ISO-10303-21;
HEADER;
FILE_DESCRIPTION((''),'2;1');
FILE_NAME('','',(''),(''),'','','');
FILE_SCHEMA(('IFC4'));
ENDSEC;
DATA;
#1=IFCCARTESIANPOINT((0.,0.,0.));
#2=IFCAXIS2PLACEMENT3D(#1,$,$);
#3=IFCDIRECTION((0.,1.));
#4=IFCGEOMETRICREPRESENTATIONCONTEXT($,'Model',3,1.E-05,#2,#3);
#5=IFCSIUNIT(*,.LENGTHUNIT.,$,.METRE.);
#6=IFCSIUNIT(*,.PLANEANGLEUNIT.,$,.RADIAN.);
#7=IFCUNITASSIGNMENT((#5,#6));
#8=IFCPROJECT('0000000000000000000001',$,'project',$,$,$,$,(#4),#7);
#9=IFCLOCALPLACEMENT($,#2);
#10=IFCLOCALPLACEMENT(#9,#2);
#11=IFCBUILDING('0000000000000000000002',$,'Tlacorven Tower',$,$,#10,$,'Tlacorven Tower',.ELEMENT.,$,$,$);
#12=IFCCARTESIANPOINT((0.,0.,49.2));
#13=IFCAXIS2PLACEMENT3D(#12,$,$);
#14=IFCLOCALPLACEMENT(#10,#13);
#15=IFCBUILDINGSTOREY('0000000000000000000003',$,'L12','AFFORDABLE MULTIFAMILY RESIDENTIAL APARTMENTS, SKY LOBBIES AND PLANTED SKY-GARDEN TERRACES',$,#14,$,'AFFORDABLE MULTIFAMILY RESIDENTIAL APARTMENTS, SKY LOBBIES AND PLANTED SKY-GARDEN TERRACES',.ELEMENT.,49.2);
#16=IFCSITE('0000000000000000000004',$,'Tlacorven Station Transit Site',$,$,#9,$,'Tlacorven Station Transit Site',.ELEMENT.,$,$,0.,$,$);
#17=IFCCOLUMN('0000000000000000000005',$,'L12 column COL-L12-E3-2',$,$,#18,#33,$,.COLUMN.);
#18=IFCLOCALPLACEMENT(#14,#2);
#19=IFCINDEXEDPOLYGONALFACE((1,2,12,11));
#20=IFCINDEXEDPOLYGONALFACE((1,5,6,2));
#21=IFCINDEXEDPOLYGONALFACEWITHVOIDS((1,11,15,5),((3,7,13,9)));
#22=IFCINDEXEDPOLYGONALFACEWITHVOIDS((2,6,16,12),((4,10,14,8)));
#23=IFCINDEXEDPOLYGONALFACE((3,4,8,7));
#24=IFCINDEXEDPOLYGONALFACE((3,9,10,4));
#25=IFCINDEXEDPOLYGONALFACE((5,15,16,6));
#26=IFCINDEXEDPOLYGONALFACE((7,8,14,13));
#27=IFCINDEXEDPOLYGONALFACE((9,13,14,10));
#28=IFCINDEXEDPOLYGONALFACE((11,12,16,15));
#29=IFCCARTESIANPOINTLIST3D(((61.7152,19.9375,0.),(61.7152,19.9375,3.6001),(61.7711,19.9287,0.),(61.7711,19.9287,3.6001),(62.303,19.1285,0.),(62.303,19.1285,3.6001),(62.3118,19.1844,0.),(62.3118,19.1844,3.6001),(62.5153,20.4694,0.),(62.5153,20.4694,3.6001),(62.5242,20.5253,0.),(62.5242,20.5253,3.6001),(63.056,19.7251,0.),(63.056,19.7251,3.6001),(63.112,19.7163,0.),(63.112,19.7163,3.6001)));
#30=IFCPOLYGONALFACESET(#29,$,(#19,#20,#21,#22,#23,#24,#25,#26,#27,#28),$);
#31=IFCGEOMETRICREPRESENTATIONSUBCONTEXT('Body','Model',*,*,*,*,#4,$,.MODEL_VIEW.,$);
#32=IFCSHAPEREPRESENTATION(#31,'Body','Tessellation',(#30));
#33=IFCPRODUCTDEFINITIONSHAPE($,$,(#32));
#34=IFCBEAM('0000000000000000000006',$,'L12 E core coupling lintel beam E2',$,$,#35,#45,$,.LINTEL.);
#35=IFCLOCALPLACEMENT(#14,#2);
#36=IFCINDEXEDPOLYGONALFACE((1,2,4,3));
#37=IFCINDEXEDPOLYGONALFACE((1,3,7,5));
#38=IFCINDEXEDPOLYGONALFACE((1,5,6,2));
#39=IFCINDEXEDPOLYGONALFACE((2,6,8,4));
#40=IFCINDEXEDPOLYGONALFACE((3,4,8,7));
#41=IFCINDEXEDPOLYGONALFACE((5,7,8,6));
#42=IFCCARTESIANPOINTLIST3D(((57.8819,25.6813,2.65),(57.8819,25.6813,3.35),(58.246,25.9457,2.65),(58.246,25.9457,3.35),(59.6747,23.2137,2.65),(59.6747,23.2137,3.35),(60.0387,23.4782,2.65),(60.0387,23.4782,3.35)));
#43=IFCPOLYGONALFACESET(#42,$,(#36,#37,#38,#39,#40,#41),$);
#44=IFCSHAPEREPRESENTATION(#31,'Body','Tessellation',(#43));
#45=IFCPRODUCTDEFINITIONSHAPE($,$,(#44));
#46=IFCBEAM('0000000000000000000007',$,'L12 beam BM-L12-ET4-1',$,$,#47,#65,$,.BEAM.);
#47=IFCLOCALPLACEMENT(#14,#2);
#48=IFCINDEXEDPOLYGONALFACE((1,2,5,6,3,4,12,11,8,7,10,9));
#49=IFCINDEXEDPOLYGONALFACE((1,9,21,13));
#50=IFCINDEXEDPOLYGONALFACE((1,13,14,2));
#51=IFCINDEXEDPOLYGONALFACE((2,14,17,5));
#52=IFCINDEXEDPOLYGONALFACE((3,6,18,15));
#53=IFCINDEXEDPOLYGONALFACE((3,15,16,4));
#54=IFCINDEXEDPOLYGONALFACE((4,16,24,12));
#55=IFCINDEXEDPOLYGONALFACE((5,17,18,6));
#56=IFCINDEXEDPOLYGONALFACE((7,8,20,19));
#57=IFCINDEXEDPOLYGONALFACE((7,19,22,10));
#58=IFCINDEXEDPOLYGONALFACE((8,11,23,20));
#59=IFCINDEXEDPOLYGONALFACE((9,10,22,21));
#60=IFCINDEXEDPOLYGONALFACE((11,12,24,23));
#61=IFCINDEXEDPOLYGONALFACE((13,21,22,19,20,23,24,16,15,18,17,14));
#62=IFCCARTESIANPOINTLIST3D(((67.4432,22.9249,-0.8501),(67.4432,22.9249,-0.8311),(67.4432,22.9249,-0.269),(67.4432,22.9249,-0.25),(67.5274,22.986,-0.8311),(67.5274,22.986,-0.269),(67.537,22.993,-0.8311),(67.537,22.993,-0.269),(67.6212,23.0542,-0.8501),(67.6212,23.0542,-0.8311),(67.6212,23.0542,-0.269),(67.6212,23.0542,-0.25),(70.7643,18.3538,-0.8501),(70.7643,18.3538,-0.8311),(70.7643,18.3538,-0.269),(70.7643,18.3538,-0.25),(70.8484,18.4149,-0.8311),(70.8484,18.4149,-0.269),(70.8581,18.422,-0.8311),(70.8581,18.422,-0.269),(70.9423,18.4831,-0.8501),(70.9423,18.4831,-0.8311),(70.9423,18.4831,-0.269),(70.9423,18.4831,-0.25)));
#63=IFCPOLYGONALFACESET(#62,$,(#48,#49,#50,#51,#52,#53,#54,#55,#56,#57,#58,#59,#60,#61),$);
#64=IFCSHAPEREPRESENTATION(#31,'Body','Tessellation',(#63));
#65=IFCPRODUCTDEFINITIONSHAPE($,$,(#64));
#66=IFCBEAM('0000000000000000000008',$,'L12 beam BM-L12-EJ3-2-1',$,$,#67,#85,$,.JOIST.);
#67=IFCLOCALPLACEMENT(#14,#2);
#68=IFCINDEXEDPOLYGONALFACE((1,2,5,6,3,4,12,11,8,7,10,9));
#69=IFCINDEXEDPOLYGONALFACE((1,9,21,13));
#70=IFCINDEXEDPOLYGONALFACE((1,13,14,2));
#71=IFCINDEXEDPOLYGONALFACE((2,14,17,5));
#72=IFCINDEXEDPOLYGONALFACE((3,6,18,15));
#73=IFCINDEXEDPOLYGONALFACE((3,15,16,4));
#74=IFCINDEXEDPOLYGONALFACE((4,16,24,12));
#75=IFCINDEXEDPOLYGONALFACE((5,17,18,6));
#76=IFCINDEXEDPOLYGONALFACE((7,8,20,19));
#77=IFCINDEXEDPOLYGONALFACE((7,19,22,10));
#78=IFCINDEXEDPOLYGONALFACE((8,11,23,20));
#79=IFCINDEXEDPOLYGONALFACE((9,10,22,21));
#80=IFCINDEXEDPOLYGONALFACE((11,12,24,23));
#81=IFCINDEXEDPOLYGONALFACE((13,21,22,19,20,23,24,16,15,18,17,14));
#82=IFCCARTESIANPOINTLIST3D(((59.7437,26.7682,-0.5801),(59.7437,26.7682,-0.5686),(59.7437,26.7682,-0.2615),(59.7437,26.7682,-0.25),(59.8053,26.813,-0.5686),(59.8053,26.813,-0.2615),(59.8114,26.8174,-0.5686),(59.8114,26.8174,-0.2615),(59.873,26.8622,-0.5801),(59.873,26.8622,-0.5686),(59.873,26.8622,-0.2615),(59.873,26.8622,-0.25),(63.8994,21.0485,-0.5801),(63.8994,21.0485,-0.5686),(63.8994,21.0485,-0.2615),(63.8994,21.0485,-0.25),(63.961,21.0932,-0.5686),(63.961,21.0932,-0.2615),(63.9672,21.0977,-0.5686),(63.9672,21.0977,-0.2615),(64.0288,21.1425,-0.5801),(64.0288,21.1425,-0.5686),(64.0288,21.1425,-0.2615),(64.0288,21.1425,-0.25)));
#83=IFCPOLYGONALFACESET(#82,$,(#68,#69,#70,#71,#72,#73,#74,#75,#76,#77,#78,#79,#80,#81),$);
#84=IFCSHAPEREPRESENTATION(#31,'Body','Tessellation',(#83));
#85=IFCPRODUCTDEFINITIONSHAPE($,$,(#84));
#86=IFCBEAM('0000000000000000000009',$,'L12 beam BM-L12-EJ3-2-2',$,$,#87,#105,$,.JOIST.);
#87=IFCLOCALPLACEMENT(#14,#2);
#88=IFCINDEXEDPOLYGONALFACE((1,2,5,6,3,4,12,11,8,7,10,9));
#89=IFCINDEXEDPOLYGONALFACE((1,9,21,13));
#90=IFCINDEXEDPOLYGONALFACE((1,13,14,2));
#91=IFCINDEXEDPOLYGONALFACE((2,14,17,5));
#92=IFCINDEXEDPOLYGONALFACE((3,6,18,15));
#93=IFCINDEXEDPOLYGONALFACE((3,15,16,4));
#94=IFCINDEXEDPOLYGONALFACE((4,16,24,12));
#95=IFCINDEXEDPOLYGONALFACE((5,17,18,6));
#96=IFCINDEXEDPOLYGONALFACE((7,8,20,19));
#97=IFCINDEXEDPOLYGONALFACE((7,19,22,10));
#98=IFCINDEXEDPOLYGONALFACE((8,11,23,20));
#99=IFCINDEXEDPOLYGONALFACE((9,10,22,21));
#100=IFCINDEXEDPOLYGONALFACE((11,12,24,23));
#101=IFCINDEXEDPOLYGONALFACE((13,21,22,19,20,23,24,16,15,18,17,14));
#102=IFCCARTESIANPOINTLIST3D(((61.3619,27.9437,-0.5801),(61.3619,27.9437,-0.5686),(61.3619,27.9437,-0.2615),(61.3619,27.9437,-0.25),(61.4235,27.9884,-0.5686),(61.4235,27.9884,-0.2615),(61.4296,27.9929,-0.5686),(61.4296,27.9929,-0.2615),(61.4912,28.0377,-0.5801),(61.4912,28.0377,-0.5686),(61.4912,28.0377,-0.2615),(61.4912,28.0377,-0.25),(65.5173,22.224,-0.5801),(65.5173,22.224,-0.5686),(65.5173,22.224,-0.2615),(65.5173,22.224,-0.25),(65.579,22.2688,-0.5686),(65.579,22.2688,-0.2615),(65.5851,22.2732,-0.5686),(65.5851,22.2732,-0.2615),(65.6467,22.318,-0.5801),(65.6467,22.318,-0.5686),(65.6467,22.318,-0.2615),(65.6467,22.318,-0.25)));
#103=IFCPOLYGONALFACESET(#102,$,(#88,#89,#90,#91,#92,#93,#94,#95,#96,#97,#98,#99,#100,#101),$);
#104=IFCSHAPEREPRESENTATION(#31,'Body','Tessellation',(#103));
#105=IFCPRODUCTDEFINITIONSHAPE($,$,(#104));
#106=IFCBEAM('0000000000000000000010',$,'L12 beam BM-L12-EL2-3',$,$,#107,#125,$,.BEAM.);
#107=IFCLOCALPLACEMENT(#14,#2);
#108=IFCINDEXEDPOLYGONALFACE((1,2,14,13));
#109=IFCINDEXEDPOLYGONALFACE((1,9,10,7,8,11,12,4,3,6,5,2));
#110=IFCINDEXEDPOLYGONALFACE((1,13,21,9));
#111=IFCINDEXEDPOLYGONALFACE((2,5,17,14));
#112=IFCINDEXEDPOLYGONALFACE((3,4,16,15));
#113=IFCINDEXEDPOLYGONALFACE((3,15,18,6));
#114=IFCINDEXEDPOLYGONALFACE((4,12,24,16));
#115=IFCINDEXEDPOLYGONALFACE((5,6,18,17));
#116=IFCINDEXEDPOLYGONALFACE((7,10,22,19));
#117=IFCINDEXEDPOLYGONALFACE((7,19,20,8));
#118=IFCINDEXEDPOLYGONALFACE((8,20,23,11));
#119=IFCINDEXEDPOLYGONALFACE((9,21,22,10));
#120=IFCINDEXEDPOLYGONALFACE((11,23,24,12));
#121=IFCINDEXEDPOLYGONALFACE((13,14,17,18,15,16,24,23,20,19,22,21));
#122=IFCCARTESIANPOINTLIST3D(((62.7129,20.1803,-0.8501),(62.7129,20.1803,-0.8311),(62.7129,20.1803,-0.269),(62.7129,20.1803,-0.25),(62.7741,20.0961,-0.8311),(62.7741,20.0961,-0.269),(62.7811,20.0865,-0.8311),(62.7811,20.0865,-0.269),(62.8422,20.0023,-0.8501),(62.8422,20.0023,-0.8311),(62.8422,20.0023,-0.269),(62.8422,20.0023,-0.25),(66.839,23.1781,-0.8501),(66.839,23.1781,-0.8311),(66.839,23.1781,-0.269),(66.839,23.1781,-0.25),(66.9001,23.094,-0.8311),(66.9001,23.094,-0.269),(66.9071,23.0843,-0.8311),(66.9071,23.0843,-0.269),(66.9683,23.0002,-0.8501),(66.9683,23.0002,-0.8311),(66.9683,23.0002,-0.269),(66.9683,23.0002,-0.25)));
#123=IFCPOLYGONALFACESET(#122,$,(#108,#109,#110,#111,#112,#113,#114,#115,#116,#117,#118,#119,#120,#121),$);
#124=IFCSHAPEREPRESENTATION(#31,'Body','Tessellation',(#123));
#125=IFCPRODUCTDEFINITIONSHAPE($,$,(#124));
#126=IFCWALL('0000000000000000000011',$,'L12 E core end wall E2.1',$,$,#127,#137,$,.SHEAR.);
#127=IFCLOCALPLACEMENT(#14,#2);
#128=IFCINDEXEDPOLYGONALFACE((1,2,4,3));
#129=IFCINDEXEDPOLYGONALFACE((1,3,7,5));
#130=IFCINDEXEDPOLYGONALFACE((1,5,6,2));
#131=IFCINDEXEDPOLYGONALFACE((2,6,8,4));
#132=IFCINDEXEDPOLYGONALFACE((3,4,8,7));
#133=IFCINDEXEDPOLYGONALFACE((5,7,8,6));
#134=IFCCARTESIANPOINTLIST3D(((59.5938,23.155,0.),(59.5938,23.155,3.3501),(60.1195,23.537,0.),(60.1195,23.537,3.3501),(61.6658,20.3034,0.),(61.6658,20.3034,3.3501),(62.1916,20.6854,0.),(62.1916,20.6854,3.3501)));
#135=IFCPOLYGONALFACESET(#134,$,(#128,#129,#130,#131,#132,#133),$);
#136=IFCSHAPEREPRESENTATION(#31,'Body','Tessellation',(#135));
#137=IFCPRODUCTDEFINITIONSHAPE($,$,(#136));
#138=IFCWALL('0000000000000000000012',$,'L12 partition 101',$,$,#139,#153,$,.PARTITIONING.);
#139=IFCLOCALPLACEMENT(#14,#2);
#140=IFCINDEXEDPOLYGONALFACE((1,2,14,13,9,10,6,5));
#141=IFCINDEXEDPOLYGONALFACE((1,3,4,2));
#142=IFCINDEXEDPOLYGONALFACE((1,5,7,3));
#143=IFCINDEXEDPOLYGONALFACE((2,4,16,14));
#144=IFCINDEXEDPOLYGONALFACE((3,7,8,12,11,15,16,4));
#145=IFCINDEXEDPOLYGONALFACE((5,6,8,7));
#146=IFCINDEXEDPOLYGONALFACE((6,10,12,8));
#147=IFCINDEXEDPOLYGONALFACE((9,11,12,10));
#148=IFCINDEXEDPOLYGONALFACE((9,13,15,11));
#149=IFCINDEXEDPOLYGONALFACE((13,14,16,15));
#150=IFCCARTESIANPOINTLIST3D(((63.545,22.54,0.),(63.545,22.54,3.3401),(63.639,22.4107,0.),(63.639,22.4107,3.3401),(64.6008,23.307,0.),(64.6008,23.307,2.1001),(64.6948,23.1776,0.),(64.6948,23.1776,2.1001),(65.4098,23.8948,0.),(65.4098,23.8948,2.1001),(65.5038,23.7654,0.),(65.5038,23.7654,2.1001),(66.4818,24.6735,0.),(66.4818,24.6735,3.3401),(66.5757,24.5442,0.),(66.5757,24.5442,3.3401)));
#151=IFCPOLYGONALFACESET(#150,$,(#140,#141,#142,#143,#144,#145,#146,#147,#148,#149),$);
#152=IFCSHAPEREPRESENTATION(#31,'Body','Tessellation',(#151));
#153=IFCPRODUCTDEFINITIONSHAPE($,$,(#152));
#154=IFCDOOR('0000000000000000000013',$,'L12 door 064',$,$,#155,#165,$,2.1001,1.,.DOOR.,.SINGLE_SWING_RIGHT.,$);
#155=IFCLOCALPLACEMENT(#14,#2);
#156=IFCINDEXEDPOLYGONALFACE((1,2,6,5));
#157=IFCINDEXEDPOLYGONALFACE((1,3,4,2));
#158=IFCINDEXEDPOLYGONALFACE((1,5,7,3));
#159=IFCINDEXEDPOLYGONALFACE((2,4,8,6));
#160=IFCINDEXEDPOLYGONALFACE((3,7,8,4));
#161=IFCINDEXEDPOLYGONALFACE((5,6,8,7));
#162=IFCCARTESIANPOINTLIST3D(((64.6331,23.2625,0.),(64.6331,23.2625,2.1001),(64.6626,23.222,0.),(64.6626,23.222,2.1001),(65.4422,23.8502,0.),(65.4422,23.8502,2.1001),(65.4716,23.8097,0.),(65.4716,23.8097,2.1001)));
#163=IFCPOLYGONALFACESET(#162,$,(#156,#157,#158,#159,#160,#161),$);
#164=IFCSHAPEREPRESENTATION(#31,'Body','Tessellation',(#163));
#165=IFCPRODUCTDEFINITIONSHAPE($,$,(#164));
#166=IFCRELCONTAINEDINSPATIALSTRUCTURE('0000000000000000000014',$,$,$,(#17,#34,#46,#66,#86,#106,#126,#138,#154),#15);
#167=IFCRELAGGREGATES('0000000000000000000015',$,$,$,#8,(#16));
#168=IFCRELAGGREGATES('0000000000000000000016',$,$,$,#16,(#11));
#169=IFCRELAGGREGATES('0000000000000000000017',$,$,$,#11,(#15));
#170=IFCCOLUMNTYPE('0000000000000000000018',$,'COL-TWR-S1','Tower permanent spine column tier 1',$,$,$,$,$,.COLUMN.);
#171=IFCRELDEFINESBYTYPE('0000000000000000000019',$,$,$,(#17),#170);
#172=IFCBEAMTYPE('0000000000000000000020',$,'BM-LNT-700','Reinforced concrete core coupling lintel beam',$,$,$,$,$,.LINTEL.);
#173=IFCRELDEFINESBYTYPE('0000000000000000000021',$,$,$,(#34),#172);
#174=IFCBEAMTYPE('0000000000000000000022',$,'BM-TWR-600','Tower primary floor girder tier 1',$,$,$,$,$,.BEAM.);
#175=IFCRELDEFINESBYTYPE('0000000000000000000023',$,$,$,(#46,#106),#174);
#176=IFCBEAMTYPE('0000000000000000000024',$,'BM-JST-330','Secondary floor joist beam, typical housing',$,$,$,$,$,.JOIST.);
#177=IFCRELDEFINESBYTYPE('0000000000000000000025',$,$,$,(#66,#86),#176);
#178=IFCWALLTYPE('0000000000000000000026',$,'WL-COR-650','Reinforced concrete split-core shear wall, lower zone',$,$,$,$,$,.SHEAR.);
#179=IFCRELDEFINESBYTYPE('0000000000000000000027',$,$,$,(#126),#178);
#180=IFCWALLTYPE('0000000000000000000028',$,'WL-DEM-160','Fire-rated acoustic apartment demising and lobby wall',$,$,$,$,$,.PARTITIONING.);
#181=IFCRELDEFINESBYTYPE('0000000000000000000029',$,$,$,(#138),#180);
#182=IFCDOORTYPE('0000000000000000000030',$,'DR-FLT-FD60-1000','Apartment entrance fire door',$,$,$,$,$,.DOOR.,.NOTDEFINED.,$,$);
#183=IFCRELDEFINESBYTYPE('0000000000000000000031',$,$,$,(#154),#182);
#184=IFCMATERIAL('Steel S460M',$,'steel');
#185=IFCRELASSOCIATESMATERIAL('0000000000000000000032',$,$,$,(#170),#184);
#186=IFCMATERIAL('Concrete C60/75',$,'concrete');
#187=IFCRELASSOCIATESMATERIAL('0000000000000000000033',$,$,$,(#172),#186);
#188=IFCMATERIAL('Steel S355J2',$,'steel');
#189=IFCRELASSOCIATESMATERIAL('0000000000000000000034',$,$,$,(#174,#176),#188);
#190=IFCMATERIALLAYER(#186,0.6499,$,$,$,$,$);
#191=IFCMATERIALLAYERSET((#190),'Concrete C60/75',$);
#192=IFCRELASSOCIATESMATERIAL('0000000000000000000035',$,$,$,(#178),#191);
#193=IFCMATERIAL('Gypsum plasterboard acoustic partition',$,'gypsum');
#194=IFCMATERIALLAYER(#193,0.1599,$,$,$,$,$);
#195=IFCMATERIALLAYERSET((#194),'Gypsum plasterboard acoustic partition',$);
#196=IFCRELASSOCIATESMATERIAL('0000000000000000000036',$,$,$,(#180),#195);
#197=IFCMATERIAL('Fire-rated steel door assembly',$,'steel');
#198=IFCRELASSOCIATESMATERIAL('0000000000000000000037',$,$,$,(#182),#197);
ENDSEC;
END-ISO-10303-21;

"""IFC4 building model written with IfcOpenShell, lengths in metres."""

from ifc_helpers import new_model, si_unit, direction, frame, frame_2d, origin, origin_2d, place, context, subcontext, project, spatial, rectangle, hollow_rectangle, i_section, extrude, source, transform, mapped, material, layer, layer_set, material_profile, profile_set, type_object, element, fill, save


model = new_model("IFC4")

# Units and contexts
model_context = context("Model", 3, precision=1e-05, world=origin(), true_north=direction((0.0, 1.0)))
body_context = subcontext(model_context, "Body", "Model", "MODEL_VIEW")
ifc_project = project(units=[si_unit("LENGTHUNIT", "METRE"), si_unit("PLANEANGLEUNIT", "RADIAN")], contexts=[model_context])

# Site, building, storey
site_placement = place(None, origin())
site = spatial("IfcSite", under=ifc_project, at=site_placement, Name="Tlacorven Station Transit Site", LongName="Tlacorven Station Transit Site", CompositionType="ELEMENT", RefElevation=0.0)
building_placement = place(site_placement, origin())
building = spatial("IfcBuilding", under=site, at=building_placement, Name="Tlacorven Tower", LongName="Tlacorven Tower", CompositionType="ELEMENT")
storey_placement = place(building_placement, frame((0.0, 0.0, 49.2)))
storey = spatial("IfcBuildingStorey", under=building, at=storey_placement, Name="L12", Description="AFFORDABLE MULTIFAMILY RESIDENTIAL APARTMENTS, SKY LOBBIES AND PLANTED SKY-GARDEN TERRACES", LongName="AFFORDABLE MULTIFAMILY RESIDENTIAL APARTMENTS, SKY LOBBIES AND PLANTED SKY-GARDEN TERRACES", CompositionType="ELEMENT", Elevation=49.2)

# Column
ifc_material_1 = material(Name="Steel S460M", Category="steel")
ifc_material_profile_1 = material_profile(ifc_material_1, hollow_rectangle(XDim=1.0, YDim=1.0, WallThickness=0.04, at=origin_2d()), Name="BOX 1000X1000X40")
ifc_profile_set_1 = profile_set([ifc_material_profile_1], Name="Steel S460M")
column_type = type_object("IfcColumnType", Name="COL-TWR-S1", Description="Tower permanent spine column tier 1", PredefinedType="COLUMN", material=ifc_profile_set_1)
shared_shape_1 = source(origin(), body_context, "Body", "SweptSolid", [
    extrude(hollow_rectangle(XDim=1.0, YDim=1.0, WallThickness=0.04, at=origin_2d()), origin(), (0.0, 0.0, 1.0), 3.6001),
])
column_placement = place(storey_placement, frame((62.4136, 19.8269, 0.0), z_axis=(0.0, 0.0, 1.0), x_axis=(0.809017, 0.587785, 0.0)))
element("IfcColumn", 1, at=column_placement, inside=storey, type_object=column_type, Name="L12 column COL-L12-E3-2", PredefinedType="COLUMN", context=body_context, shape_type="MappedRepresentation", body=[
    mapped(shared_shape_1, transform((0.0, 0.0, 0.0), scale=1.0)),
])

# Beams
ifc_material_2 = material(Name="Concrete C60/75", Category="concrete")
ifc_material_profile_2 = material_profile(ifc_material_2, rectangle(XDim=0.45, YDim=0.7, at=origin_2d()), Name="RC 450X700")
ifc_profile_set_2 = profile_set([ifc_material_profile_2], Name="Concrete C60/75")
beam_type_1 = type_object("IfcBeamType", Name="BM-LNT-700", Description="Reinforced concrete core coupling lintel beam", PredefinedType="LINTEL", material=ifc_profile_set_2)
shared_shape_2 = source(origin(), body_context, "Body", "SweptSolid", [
    extrude(rectangle(XDim=0.45, YDim=0.7, at=origin_2d()), origin(), (0.0, 0.0, 1.0), 3.05),
])
beam_1_placement = place(storey_placement, frame((59.8567, 23.3459, 3.0), z_axis=(-0.587777, 0.809023, 0.0), x_axis=(-0.809023, -0.587777, 0.0)))
element("IfcBeam", 2, at=beam_1_placement, inside=storey, type_object=beam_type_1, Name="L12 E core coupling lintel beam E2", PredefinedType="LINTEL", context=body_context, shape_type="MappedRepresentation", body=[
    mapped(shared_shape_2, transform((0.0, 0.0, 0.0), scale=1.0)),
])
ifc_material_3 = material(Name="Steel S355J2", Category="steel")
ifc_material_profile_3 = material_profile(ifc_material_3, i_section(OverallWidth=0.22, OverallDepth=0.6001, WebThickness=0.012, FlangeThickness=0.019, at=origin_2d()), Name="IPE 600")
ifc_profile_set_3 = profile_set([ifc_material_profile_3], Name="Steel S355J2")
beam_type_2 = type_object("IfcBeamType", Name="BM-TWR-600", Description="Tower primary floor girder tier 1", PredefinedType="BEAM", material=ifc_profile_set_3)
shared_shape_3 = source(origin(), body_context, "Body", "SweptSolid", [
    extrude(i_section(OverallWidth=0.22, OverallDepth=0.6001, WebThickness=0.012, FlangeThickness=0.019, at=origin_2d()), origin(), (0.0, 0.0, 1.0), 5.6501),
])
beam_2_placement = place(storey_placement, frame((70.8533, 18.4185, -0.55), z_axis=(-0.587784, 0.809018, 0.0), x_axis=(-0.809018, -0.587784, 0.0)))
element("IfcBeam", 3, at=beam_2_placement, inside=storey, type_object=beam_type_2, Name="L12 beam BM-L12-ET4-1", PredefinedType="BEAM", context=body_context, shape_type="MappedRepresentation", body=[
    mapped(shared_shape_3, transform((0.0, 0.0, 0.0), scale=1.0)),
])
ifc_material_profile_4 = material_profile(ifc_material_3, i_section(OverallWidth=0.1599, OverallDepth=0.3301, WebThickness=0.0076, FlangeThickness=0.0115, at=origin_2d()), Name="IPE 330")
ifc_profile_set_4 = profile_set([ifc_material_profile_4], Name="Steel S355J2")
beam_type_3 = type_object("IfcBeamType", Name="BM-JST-330", Description="Secondary floor joist beam, typical housing", PredefinedType="JOIST", material=ifc_profile_set_4)
shared_shape_4 = source(origin(), body_context, "Body", "SweptSolid", [
    extrude(i_section(OverallWidth=0.1599, OverallDepth=0.3301, WebThickness=0.0076, FlangeThickness=0.0115, at=origin_2d()), origin(), (0.0, 0.0, 1.0), 7.0701),
])
beam_3_placement = place(storey_placement, frame((63.9641, 21.0955, -0.415), z_axis=(-0.587798, 0.809008, 0.0), x_axis=(-0.809008, -0.587798, 0.0)))
element("IfcBeam", 4, at=beam_3_placement, inside=storey, type_object=beam_type_3, Name="L12 beam BM-L12-EJ3-2-1", PredefinedType="JOIST", context=body_context, shape_type="MappedRepresentation", body=[
    mapped(shared_shape_4, transform((0.0, 0.0, 0.0), scale=1.0)),
])
shared_shape_5 = source(origin(), body_context, "Body", "SweptSolid", [
    extrude(i_section(OverallWidth=0.1599, OverallDepth=0.3301, WebThickness=0.0076, FlangeThickness=0.0115, at=origin_2d()), origin(), (0.0, 0.0, 1.0), 7.0698),
])
beam_4_placement = place(storey_placement, frame((65.582, 22.271, -0.415), z_axis=(-0.587775, 0.809024, 0.0), x_axis=(-0.809024, -0.587775, 0.0)))
element("IfcBeam", 5, at=beam_4_placement, inside=storey, type_object=beam_type_3, Name="L12 beam BM-L12-EJ3-2-2", PredefinedType="JOIST", context=body_context, shape_type="MappedRepresentation", body=[
    mapped(shared_shape_5, transform((0.0, 0.0, 0.0), scale=1.0)),
])
shared_shape_6 = source(origin(), body_context, "Body", "SweptSolid", [
    extrude(i_section(OverallWidth=0.22, OverallDepth=0.6001, WebThickness=0.012, FlangeThickness=0.019, at=origin_2d()), origin(), (0.0, 0.0, 1.0), 5.1001),
])
beam_5_placement = place(storey_placement, frame((62.7776, 20.0913, -0.55), z_axis=(0.809007, 0.587799, 0.0), x_axis=(-0.587799, 0.809007, 0.0)))
element("IfcBeam", 6, at=beam_5_placement, inside=storey, type_object=beam_type_2, Name="L12 beam BM-L12-EL2-3", PredefinedType="BEAM", context=body_context, shape_type="MappedRepresentation", body=[
    mapped(shared_shape_6, transform((0.0, 0.0, 0.0), scale=1.0)),
])

# Wall
ifc_layer_1 = layer(ifc_material_2, 0.6499)
ifc_layer_set_1 = layer_set([ifc_layer_1], Name="Concrete C60/75")
wall_type_1 = type_object("IfcWallType", Name="WL-COR-650", Description="Reinforced concrete split-core shear wall, lower zone", PredefinedType="SHEAR", material=ifc_layer_set_1)
wall_1_placement = place(storey_placement, frame((61.9287, 20.4944, 0.0), z_axis=(0.0, 0.0, 1.0), x_axis=(-0.58783, 0.808985, 0.0)))
element("IfcWall", 7, at=wall_1_placement, inside=storey, type_object=wall_type_1, Name="L12 E core end wall E2.1", PredefinedType="SHEAR", context=body_context, shape_type="SweptSolid", body=[
    extrude(rectangle(XDim=3.5249, YDim=0.6499, at=frame_2d((1.7625, 0.0))), origin(), (0.0, 0.0, 1.0), 3.3501),
])

# Wall, opening, door
ifc_material_4 = material(Name="Gypsum plasterboard acoustic partition", Category="gypsum")
ifc_layer_2 = layer(ifc_material_4, 0.1599)
ifc_layer_set_2 = layer_set([ifc_layer_2], Name="Gypsum plasterboard acoustic partition")
wall_type_2 = type_object("IfcWallType", Name="WL-DEM-160", Description="Fire-rated acoustic apartment demising and lobby wall", PredefinedType="PARTITIONING", material=ifc_layer_set_2)
wall_2_placement = place(storey_placement, frame((63.592, 22.4753, 0.0), z_axis=(0.0, 0.0, 1.0), x_axis=(0.809036, 0.58776, 0.0)))
wall_2 = element("IfcWall", 8, at=wall_2_placement, inside=storey, type_object=wall_type_2, Name="L12 partition 101", PredefinedType="PARTITIONING", context=body_context, shape_type="SweptSolid", body=[
    extrude(rectangle(XDim=3.6299, YDim=0.1599, at=frame_2d((1.8149, 0.0))), origin(), (0.0, 0.0, 1.0), 3.3401),
])
opening_placement = place(wall_2_placement, frame((1.3049, 0.0, 0.0)))
opening = element("IfcOpeningElement", 9, at=opening_placement, cuts=wall_2, PredefinedType="OPENING", context=body_context, shape_type="SweptSolid", body=[
    extrude(rectangle(XDim=1.0, YDim=2.1001, at=frame_2d((0.5, 1.05))), frame((0.0, 0.0898, 0.0), z_axis=(0.0, -1.0, 0.0), x_axis=(1.0, 0.0, 0.0)), (0.0, 0.0, 1.0), 0.1799),
])
ifc_material_5 = material(Name="Fire-rated steel door assembly", Category="steel")
door_type = type_object("IfcDoorType", Name="DR-FLT-FD60-1000", Description="Apartment entrance fire door", OperationType="NOTDEFINED", PredefinedType="DOOR", material=ifc_material_5)
shared_shape_7 = source(origin(), body_context, "Body", "SweptSolid", [
    extrude(rectangle(XDim=1.0, YDim=2.1001, at=frame_2d((0.5, 1.05))), frame((0.0, 0.0249, 0.0), z_axis=(0.0, -1.0, 0.0), x_axis=(1.0, 0.0, 0.0)), (0.0, 0.0, 1.0), 0.05),
])
door_placement = place(opening_placement, origin())
door = element("IfcDoor", 10, at=door_placement, inside=storey, type_object=door_type, Name="L12 door 064", OperationType="SINGLE_SWING_RIGHT", OverallHeight=2.1001, OverallWidth=1.0, PredefinedType="DOOR", context=body_context, shape_type="MappedRepresentation", body=[
    mapped(shared_shape_7, transform((0.0, 0.0, 0.0), scale=1.0)),
])
fill(opening, door)

save(model, "model.ifc")
